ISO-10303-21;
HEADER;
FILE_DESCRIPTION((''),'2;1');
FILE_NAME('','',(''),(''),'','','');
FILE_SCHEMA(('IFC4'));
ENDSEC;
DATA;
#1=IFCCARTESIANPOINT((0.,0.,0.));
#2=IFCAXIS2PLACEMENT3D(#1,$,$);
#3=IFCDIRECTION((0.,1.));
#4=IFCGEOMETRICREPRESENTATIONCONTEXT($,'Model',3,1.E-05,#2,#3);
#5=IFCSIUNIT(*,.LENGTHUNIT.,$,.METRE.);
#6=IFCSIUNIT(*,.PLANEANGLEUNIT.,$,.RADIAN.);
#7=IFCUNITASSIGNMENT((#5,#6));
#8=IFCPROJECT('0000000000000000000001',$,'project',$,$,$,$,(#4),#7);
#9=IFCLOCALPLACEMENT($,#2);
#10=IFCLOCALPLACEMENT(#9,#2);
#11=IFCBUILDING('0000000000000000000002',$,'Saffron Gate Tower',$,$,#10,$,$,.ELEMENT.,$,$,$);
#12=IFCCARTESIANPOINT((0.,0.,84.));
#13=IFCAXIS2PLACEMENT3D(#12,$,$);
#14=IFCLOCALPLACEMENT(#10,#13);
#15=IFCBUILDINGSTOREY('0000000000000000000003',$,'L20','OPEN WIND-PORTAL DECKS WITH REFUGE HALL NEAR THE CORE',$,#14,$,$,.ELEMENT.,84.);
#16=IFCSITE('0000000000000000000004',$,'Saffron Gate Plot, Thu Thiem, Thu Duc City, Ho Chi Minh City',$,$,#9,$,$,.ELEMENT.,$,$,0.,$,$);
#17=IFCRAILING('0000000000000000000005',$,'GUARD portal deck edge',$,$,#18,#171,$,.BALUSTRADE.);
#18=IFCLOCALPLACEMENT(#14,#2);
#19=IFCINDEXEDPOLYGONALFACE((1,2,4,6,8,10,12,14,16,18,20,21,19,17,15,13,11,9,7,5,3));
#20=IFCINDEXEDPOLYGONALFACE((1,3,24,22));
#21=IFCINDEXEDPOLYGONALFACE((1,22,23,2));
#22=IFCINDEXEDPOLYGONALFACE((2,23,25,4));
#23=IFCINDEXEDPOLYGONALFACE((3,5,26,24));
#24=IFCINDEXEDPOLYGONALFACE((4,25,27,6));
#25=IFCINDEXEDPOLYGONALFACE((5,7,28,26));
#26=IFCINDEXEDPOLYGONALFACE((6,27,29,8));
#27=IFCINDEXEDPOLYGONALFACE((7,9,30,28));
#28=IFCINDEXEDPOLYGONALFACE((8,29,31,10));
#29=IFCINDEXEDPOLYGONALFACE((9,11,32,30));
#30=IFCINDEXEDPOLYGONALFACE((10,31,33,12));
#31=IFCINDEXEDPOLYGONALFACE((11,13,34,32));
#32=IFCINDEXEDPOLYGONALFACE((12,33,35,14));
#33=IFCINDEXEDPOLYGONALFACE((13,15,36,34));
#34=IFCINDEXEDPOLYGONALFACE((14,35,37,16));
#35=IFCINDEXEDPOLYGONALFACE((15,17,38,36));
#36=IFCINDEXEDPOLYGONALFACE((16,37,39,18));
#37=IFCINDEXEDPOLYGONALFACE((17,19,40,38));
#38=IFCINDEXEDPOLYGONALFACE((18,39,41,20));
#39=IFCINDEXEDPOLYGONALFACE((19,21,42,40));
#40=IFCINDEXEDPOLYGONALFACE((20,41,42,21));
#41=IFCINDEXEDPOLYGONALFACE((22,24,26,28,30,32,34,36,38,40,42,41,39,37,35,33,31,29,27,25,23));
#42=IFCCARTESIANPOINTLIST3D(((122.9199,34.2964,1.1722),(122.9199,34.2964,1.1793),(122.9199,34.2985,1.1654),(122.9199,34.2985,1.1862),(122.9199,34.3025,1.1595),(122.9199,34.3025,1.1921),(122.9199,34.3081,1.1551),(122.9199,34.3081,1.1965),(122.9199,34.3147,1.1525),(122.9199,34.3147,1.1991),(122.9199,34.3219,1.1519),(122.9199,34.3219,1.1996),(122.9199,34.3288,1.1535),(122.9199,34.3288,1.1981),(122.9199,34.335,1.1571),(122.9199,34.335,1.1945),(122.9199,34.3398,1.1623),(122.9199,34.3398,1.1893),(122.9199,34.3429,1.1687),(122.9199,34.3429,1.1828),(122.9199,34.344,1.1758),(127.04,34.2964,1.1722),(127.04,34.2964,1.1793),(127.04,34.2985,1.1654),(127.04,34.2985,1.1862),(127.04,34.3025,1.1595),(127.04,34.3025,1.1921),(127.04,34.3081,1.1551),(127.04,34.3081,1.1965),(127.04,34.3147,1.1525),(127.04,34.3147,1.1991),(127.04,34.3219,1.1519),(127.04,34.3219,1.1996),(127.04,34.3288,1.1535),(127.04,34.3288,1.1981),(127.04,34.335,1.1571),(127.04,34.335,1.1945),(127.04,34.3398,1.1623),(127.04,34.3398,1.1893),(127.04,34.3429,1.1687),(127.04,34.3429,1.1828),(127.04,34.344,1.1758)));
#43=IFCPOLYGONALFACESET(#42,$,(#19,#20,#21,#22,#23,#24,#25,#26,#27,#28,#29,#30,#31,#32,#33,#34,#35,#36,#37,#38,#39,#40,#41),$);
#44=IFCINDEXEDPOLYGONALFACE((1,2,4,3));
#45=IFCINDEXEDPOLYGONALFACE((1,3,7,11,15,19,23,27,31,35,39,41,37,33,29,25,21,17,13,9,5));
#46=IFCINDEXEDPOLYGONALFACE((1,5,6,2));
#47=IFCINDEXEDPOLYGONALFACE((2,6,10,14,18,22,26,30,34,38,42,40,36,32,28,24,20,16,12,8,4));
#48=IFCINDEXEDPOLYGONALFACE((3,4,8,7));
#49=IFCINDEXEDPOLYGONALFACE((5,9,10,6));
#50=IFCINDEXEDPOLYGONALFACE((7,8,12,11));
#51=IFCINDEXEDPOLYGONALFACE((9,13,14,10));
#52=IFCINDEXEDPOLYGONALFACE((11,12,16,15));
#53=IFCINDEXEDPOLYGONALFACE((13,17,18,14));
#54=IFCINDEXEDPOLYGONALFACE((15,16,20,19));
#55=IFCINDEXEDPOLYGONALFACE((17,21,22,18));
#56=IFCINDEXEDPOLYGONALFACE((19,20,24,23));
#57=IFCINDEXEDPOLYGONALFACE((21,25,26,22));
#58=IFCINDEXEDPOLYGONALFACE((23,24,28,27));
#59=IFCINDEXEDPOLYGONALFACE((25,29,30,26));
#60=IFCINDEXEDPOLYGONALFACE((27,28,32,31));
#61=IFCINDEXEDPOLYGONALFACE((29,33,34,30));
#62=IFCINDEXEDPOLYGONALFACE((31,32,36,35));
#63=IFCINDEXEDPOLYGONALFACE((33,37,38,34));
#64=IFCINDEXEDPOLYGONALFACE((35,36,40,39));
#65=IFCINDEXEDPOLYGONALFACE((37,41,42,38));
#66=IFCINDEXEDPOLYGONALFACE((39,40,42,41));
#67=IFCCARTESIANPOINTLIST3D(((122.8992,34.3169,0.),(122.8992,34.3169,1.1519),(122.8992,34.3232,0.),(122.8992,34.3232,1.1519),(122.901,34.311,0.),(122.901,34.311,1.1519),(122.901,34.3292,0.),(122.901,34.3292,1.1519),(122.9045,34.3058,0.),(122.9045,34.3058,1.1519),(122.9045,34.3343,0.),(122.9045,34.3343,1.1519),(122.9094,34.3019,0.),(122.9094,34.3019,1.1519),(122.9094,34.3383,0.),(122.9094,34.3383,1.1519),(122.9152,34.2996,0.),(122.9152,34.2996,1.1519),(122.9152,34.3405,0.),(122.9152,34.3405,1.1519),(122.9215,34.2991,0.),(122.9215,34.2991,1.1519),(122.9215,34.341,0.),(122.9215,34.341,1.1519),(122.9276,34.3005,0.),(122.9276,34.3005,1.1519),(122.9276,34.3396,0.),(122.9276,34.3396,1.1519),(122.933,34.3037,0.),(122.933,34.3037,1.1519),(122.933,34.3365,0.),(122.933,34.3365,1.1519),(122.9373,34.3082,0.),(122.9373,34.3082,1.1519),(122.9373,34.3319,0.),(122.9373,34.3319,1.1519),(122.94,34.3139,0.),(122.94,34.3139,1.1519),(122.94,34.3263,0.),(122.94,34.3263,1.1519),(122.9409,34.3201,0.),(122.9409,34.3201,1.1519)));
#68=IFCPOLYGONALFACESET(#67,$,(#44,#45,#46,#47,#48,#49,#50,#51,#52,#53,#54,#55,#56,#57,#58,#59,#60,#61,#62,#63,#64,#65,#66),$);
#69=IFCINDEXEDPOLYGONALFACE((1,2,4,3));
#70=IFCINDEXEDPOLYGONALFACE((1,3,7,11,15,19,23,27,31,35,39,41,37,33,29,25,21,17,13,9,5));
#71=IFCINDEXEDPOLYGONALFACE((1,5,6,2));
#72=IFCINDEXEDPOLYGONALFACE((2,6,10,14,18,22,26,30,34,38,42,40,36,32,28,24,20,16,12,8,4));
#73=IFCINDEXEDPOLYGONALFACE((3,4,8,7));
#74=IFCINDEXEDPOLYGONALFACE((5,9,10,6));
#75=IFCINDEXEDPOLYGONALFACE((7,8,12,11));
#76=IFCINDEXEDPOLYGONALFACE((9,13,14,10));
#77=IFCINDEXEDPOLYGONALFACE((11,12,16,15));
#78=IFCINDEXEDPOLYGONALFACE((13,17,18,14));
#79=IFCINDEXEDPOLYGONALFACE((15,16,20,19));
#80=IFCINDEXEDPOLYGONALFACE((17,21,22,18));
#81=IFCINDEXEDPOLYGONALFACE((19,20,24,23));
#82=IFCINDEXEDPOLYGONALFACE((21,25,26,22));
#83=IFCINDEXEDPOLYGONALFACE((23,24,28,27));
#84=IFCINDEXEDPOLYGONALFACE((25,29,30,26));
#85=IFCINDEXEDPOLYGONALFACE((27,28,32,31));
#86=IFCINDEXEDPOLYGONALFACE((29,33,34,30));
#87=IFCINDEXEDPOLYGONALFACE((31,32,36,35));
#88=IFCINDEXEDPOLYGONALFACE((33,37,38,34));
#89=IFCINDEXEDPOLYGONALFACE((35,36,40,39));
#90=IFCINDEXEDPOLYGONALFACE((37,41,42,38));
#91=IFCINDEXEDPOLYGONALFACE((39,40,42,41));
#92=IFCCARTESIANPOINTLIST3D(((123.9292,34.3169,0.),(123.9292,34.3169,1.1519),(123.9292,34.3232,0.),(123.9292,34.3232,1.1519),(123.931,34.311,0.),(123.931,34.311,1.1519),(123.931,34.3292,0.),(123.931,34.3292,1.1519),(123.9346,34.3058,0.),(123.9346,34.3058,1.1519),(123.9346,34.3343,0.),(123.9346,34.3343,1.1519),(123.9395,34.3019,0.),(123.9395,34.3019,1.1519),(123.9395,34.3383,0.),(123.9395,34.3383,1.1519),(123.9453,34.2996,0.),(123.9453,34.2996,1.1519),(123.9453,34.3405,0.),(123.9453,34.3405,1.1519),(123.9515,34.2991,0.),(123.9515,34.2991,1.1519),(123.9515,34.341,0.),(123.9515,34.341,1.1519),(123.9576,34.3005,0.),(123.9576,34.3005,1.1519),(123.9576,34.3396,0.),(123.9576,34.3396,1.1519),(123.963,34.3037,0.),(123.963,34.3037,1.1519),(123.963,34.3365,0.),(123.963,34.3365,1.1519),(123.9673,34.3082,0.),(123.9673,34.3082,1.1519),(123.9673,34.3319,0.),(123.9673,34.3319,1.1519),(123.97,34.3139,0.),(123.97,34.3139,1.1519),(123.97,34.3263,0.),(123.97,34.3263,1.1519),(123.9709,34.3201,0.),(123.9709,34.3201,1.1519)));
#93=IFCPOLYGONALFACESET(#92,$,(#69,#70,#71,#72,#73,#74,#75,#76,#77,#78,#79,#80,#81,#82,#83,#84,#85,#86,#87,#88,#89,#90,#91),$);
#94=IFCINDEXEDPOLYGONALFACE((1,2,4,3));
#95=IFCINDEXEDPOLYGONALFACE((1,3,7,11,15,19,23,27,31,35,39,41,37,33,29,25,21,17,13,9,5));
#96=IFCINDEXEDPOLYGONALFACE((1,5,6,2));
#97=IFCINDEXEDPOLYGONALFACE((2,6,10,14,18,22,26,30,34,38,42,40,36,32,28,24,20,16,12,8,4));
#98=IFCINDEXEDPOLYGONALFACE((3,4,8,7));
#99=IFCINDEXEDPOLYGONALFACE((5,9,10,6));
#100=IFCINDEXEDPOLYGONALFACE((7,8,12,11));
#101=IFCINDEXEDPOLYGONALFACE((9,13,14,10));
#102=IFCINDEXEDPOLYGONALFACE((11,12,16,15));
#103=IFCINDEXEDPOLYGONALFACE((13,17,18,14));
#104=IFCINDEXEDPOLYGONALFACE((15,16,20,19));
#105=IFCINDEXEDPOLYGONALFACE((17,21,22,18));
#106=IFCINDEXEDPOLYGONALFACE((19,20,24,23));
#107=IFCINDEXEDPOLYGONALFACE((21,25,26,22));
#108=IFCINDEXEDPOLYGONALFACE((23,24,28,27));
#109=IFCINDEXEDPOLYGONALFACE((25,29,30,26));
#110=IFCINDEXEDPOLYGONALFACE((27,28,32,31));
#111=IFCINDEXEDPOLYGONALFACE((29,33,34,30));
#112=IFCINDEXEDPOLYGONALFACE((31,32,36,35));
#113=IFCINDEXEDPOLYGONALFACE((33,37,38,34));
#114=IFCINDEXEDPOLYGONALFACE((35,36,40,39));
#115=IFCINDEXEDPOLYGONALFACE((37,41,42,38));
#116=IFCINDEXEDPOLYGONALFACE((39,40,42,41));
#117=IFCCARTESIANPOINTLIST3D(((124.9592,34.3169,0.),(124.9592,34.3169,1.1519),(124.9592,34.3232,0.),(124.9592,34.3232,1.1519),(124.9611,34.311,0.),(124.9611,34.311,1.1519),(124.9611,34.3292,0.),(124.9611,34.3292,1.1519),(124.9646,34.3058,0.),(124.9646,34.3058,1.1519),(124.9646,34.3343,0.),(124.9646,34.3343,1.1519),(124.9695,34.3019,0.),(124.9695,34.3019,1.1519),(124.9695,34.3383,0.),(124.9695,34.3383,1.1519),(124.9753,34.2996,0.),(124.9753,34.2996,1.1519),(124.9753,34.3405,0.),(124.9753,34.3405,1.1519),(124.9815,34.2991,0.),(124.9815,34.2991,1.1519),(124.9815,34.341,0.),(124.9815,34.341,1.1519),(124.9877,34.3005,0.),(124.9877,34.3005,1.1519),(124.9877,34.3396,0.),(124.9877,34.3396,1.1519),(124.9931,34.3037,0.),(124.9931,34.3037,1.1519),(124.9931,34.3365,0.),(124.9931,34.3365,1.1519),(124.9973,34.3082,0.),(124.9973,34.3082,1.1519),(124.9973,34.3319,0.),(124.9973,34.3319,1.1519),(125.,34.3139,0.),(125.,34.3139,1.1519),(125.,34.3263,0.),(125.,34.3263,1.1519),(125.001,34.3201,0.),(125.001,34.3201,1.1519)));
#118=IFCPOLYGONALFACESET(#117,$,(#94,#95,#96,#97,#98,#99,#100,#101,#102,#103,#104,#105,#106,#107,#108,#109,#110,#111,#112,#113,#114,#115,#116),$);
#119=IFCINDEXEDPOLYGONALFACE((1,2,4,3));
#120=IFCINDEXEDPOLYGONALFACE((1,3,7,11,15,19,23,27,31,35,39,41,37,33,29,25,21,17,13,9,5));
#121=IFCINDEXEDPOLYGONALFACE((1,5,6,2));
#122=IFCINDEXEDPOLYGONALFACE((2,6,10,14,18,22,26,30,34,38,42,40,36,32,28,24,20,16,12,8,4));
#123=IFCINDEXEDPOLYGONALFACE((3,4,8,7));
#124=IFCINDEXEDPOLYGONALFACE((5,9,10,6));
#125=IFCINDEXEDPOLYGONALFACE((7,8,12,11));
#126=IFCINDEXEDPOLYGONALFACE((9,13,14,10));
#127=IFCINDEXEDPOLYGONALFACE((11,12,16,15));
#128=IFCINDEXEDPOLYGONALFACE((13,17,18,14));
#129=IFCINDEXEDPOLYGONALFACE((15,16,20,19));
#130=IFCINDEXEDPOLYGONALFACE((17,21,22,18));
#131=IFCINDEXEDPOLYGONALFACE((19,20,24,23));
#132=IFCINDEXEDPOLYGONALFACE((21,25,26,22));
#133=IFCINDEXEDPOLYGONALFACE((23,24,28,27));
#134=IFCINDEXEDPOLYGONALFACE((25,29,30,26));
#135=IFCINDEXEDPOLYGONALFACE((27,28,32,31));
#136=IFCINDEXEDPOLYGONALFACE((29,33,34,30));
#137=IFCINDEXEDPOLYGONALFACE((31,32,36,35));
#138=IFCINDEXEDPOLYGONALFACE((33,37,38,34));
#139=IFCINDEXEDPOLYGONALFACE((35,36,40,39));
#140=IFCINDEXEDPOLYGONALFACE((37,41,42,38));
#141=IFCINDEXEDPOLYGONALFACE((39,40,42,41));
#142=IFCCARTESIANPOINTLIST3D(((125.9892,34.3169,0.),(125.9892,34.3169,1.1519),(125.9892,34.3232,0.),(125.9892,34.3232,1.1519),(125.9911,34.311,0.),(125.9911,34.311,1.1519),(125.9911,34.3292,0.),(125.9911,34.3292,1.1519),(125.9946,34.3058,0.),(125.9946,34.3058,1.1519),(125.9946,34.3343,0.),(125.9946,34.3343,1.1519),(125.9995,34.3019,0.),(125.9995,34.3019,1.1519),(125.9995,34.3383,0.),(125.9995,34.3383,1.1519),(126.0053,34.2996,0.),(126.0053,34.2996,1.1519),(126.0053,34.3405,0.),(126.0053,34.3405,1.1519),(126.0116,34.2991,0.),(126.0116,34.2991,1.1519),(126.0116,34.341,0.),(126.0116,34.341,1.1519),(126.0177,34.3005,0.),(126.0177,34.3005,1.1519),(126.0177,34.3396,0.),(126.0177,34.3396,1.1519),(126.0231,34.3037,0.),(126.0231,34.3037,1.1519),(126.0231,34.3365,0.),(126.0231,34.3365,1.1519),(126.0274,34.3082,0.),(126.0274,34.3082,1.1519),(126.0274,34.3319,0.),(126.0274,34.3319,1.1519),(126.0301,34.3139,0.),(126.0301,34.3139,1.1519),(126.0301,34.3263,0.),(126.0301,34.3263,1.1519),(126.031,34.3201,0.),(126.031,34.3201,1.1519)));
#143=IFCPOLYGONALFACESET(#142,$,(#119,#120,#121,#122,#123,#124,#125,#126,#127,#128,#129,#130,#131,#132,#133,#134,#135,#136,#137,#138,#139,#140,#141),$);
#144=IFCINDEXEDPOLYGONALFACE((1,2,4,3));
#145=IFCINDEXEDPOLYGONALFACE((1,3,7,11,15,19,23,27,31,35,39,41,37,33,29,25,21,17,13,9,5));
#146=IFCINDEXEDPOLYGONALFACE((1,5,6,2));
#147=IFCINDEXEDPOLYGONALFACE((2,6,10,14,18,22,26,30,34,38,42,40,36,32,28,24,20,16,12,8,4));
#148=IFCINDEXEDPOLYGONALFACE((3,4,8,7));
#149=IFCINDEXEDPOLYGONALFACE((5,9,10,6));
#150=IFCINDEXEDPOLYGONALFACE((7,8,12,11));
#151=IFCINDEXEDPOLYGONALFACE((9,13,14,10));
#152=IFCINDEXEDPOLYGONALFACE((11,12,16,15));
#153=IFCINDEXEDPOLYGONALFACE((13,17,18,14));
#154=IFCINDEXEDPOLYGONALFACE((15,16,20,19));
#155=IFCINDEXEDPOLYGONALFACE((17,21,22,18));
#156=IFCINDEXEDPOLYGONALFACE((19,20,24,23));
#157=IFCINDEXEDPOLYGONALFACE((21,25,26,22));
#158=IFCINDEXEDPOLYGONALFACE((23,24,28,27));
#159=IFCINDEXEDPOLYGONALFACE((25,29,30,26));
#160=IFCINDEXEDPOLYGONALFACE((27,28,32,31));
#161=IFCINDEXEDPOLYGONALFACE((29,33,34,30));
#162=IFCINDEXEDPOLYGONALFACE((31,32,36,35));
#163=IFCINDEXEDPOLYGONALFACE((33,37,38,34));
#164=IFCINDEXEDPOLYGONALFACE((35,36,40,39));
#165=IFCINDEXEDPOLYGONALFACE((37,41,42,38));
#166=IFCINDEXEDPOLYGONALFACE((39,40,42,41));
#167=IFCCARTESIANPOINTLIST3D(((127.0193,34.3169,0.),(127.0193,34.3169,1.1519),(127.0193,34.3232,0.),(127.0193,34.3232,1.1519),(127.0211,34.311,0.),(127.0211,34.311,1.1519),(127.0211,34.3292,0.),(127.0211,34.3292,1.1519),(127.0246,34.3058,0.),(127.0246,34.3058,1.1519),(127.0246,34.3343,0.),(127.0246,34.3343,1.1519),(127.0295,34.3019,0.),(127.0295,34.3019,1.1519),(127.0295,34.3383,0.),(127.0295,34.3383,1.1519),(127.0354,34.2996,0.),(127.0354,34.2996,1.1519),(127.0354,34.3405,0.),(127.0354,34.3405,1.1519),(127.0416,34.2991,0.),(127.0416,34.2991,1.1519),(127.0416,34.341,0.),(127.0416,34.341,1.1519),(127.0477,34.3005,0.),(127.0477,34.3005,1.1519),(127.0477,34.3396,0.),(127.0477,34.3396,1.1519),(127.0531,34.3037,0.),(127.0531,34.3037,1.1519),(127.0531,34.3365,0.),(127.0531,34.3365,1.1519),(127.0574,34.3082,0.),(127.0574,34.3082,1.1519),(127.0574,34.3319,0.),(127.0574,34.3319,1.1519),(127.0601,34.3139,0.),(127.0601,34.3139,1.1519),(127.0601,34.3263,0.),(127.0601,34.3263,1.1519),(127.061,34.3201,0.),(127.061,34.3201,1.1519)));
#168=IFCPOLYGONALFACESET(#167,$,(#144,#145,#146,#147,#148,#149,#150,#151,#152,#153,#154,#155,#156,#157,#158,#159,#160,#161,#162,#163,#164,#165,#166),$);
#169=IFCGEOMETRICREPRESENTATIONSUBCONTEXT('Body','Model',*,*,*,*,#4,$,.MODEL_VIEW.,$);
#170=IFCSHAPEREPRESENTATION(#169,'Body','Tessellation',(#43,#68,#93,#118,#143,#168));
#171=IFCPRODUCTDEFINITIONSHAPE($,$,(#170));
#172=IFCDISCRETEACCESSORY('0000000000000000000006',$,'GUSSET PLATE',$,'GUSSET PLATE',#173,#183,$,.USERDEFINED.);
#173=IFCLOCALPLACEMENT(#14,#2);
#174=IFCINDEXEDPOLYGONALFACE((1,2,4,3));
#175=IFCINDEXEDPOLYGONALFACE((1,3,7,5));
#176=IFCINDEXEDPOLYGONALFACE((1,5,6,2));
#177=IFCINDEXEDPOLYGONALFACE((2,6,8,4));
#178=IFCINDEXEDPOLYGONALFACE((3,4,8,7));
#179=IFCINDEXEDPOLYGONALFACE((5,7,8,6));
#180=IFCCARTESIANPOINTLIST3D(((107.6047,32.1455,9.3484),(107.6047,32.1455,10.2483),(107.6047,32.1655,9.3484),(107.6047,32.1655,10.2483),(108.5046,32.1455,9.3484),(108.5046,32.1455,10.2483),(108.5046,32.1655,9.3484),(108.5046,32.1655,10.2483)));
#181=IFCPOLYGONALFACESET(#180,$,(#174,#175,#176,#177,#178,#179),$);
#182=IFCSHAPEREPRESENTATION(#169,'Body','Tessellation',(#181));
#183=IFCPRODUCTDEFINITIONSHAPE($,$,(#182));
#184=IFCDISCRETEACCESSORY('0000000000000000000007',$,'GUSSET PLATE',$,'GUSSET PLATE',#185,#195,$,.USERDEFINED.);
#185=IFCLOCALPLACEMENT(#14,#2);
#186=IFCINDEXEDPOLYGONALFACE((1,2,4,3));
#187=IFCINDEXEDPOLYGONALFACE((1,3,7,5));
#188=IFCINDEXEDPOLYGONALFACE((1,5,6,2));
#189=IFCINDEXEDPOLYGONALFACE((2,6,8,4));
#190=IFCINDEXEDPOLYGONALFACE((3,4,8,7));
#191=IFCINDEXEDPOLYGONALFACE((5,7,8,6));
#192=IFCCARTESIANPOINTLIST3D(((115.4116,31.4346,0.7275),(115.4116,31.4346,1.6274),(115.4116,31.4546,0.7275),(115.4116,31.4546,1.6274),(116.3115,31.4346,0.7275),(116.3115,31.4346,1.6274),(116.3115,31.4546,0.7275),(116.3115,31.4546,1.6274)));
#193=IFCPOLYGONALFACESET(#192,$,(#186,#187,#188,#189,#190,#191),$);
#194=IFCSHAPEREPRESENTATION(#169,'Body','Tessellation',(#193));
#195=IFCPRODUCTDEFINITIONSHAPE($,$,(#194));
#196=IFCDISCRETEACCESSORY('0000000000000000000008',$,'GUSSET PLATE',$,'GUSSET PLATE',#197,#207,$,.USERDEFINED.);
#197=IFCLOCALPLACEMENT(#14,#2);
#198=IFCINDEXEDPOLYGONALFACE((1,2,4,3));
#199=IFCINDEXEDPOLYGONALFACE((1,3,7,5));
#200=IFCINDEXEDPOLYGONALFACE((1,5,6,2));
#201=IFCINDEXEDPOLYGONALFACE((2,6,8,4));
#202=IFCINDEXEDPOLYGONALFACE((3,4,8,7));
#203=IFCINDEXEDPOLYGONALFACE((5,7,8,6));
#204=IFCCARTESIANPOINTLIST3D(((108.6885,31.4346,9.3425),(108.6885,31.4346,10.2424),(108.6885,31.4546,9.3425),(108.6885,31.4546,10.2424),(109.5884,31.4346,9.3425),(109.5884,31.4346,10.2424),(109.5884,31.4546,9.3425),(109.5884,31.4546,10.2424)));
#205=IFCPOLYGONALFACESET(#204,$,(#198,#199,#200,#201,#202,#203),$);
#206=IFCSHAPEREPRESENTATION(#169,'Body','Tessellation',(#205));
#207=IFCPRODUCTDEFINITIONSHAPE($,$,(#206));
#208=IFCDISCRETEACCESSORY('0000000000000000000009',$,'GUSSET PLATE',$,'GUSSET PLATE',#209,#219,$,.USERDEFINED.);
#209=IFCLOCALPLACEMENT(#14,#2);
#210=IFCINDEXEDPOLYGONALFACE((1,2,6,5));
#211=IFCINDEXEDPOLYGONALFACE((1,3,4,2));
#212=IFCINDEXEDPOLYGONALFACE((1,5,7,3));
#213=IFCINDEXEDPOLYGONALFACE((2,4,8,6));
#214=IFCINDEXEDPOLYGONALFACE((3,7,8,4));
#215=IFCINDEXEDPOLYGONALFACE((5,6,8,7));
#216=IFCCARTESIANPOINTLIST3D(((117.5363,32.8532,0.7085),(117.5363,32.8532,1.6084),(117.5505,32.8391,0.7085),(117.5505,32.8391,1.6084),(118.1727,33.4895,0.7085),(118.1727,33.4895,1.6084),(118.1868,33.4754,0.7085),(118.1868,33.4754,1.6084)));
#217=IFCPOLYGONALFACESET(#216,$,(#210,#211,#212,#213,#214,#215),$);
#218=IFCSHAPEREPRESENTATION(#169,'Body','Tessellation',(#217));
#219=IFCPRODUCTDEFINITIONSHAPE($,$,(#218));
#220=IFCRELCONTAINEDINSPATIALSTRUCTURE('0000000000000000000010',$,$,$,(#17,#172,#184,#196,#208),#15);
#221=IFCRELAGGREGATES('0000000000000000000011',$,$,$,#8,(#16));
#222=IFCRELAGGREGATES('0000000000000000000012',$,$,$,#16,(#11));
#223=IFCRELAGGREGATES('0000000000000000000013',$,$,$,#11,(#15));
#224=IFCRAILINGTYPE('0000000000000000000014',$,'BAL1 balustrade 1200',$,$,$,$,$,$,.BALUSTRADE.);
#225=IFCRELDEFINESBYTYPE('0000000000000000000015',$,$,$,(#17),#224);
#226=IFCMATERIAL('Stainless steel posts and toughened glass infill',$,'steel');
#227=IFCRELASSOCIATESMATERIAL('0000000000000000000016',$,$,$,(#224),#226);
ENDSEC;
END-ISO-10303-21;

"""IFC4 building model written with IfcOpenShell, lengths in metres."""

from ifc_helpers import new_model, si_unit, direction, frame, origin, origin_2d, place, context, subcontext, project, spatial, rectangle, circle, extrude, material, type_object, element, save


model = new_model("IFC4")

# Units and contexts
model_context = context("Model", 3, precision=1e-05, world=origin(), true_north=direction((0.0, 1.0)))
body_context = subcontext(model_context, "Body", "Model", "MODEL_VIEW")
ifc_project = project(units=[si_unit("LENGTHUNIT", "METRE"), si_unit("PLANEANGLEUNIT", "RADIAN")], contexts=[model_context])

# Site, building, storey
site_placement = place(None, origin())
site = spatial("IfcSite", under=ifc_project, at=site_placement, Name="Saffron Gate Plot, Thu Thiem, Thu Duc City, Ho Chi Minh City", CompositionType="ELEMENT", RefElevation=0.0)
building_placement = place(site_placement, origin())
building = spatial("IfcBuilding", under=site, at=building_placement, Name="Saffron Gate Tower", CompositionType="ELEMENT")
storey_placement = place(building_placement, frame((0.0, 0.0, 84.0)))
storey = spatial("IfcBuildingStorey", under=building, at=storey_placement, Name="L20", Description="OPEN WIND-PORTAL DECKS WITH REFUGE HALL NEAR THE CORE", CompositionType="ELEMENT", Elevation=84.0)

# Railing
ifc_material_1 = material(Name="Stainless steel posts and toughened glass infill", Category="steel")
railing_type = type_object("IfcRailingType", Name="BAL1 balustrade 1200", PredefinedType="BALUSTRADE", material=ifc_material_1)
railing_1_placement = place(storey_placement, frame((122.9199, 34.3201, 0.0)))
element("IfcRailing", 1, at=railing_1_placement, inside=storey, type_object=railing_type, Name="GUARD portal deck edge", PredefinedType="BALUSTRADE", context=body_context, shape_type="SweptSolid", body=[
    extrude(circle(Radius=0.0239, at=origin_2d()), frame((0.0, 0.0, 1.1758), z_axis=(1.0, 0.0, 0.0), x_axis=(0.0, 1.0, 0.0)), (0.0, 0.0, 1.0), 4.1201),
    extrude(circle(Radius=0.021, at=origin_2d()), origin(), (0.0, 0.0, 1.0), 1.1519),
    extrude(circle(Radius=0.021, at=origin_2d()), frame((1.03, 0.0, 0.0)), (0.0, 0.0, 1.0), 1.1519),
    extrude(circle(Radius=0.021, at=origin_2d()), frame((2.0601, 0.0, 0.0)), (0.0, 0.0, 1.0), 1.1519),
    extrude(circle(Radius=0.021, at=origin_2d()), frame((3.0901, 0.0, 0.0)), (0.0, 0.0, 1.0), 1.1519),
    extrude(circle(Radius=0.021, at=origin_2d()), frame((4.1201, 0.0, 0.0)), (0.0, 0.0, 1.0), 1.1519),
])

# Discrete accessories
for number, where, z_axis, x_axis, name in (
    (2, (108.0547, 32.1555, 9.3484), (0.0, 0.0, 1.0), (1.0, 0.0, 0.0), "GUSSET PLATE"),
    (3, (115.8616, 31.4446, 0.7275), (0.0, 0.0, 1.0), (-1.0, 0.0, 0.0), "GUSSET PLATE"),
    (4, (109.1384, 31.4446, 9.3425), (0.0, 0.0, 1.0), (-1.0, 0.0, 0.0), "GUSSET PLATE"),
    (5, (117.8616, 33.1643, 0.7085), (0.0, 0.0, 1.0), (0.707107, 0.707107, 0.0), "GUSSET PLATE"),
):
    element("IfcDiscreteAccessory", number, at=place(storey_placement, frame(where, z_axis=z_axis, x_axis=x_axis)), inside=storey, Name=name, ObjectType="GUSSET PLATE", PredefinedType="USERDEFINED", context=body_context, shape_type="SweptSolid", body=[
        extrude(rectangle(XDim=0.8999, YDim=0.02, at=origin_2d()), origin(), (0.0, 0.0, 1.0), 0.8999),
    ])

save(model, "model.ifc")
